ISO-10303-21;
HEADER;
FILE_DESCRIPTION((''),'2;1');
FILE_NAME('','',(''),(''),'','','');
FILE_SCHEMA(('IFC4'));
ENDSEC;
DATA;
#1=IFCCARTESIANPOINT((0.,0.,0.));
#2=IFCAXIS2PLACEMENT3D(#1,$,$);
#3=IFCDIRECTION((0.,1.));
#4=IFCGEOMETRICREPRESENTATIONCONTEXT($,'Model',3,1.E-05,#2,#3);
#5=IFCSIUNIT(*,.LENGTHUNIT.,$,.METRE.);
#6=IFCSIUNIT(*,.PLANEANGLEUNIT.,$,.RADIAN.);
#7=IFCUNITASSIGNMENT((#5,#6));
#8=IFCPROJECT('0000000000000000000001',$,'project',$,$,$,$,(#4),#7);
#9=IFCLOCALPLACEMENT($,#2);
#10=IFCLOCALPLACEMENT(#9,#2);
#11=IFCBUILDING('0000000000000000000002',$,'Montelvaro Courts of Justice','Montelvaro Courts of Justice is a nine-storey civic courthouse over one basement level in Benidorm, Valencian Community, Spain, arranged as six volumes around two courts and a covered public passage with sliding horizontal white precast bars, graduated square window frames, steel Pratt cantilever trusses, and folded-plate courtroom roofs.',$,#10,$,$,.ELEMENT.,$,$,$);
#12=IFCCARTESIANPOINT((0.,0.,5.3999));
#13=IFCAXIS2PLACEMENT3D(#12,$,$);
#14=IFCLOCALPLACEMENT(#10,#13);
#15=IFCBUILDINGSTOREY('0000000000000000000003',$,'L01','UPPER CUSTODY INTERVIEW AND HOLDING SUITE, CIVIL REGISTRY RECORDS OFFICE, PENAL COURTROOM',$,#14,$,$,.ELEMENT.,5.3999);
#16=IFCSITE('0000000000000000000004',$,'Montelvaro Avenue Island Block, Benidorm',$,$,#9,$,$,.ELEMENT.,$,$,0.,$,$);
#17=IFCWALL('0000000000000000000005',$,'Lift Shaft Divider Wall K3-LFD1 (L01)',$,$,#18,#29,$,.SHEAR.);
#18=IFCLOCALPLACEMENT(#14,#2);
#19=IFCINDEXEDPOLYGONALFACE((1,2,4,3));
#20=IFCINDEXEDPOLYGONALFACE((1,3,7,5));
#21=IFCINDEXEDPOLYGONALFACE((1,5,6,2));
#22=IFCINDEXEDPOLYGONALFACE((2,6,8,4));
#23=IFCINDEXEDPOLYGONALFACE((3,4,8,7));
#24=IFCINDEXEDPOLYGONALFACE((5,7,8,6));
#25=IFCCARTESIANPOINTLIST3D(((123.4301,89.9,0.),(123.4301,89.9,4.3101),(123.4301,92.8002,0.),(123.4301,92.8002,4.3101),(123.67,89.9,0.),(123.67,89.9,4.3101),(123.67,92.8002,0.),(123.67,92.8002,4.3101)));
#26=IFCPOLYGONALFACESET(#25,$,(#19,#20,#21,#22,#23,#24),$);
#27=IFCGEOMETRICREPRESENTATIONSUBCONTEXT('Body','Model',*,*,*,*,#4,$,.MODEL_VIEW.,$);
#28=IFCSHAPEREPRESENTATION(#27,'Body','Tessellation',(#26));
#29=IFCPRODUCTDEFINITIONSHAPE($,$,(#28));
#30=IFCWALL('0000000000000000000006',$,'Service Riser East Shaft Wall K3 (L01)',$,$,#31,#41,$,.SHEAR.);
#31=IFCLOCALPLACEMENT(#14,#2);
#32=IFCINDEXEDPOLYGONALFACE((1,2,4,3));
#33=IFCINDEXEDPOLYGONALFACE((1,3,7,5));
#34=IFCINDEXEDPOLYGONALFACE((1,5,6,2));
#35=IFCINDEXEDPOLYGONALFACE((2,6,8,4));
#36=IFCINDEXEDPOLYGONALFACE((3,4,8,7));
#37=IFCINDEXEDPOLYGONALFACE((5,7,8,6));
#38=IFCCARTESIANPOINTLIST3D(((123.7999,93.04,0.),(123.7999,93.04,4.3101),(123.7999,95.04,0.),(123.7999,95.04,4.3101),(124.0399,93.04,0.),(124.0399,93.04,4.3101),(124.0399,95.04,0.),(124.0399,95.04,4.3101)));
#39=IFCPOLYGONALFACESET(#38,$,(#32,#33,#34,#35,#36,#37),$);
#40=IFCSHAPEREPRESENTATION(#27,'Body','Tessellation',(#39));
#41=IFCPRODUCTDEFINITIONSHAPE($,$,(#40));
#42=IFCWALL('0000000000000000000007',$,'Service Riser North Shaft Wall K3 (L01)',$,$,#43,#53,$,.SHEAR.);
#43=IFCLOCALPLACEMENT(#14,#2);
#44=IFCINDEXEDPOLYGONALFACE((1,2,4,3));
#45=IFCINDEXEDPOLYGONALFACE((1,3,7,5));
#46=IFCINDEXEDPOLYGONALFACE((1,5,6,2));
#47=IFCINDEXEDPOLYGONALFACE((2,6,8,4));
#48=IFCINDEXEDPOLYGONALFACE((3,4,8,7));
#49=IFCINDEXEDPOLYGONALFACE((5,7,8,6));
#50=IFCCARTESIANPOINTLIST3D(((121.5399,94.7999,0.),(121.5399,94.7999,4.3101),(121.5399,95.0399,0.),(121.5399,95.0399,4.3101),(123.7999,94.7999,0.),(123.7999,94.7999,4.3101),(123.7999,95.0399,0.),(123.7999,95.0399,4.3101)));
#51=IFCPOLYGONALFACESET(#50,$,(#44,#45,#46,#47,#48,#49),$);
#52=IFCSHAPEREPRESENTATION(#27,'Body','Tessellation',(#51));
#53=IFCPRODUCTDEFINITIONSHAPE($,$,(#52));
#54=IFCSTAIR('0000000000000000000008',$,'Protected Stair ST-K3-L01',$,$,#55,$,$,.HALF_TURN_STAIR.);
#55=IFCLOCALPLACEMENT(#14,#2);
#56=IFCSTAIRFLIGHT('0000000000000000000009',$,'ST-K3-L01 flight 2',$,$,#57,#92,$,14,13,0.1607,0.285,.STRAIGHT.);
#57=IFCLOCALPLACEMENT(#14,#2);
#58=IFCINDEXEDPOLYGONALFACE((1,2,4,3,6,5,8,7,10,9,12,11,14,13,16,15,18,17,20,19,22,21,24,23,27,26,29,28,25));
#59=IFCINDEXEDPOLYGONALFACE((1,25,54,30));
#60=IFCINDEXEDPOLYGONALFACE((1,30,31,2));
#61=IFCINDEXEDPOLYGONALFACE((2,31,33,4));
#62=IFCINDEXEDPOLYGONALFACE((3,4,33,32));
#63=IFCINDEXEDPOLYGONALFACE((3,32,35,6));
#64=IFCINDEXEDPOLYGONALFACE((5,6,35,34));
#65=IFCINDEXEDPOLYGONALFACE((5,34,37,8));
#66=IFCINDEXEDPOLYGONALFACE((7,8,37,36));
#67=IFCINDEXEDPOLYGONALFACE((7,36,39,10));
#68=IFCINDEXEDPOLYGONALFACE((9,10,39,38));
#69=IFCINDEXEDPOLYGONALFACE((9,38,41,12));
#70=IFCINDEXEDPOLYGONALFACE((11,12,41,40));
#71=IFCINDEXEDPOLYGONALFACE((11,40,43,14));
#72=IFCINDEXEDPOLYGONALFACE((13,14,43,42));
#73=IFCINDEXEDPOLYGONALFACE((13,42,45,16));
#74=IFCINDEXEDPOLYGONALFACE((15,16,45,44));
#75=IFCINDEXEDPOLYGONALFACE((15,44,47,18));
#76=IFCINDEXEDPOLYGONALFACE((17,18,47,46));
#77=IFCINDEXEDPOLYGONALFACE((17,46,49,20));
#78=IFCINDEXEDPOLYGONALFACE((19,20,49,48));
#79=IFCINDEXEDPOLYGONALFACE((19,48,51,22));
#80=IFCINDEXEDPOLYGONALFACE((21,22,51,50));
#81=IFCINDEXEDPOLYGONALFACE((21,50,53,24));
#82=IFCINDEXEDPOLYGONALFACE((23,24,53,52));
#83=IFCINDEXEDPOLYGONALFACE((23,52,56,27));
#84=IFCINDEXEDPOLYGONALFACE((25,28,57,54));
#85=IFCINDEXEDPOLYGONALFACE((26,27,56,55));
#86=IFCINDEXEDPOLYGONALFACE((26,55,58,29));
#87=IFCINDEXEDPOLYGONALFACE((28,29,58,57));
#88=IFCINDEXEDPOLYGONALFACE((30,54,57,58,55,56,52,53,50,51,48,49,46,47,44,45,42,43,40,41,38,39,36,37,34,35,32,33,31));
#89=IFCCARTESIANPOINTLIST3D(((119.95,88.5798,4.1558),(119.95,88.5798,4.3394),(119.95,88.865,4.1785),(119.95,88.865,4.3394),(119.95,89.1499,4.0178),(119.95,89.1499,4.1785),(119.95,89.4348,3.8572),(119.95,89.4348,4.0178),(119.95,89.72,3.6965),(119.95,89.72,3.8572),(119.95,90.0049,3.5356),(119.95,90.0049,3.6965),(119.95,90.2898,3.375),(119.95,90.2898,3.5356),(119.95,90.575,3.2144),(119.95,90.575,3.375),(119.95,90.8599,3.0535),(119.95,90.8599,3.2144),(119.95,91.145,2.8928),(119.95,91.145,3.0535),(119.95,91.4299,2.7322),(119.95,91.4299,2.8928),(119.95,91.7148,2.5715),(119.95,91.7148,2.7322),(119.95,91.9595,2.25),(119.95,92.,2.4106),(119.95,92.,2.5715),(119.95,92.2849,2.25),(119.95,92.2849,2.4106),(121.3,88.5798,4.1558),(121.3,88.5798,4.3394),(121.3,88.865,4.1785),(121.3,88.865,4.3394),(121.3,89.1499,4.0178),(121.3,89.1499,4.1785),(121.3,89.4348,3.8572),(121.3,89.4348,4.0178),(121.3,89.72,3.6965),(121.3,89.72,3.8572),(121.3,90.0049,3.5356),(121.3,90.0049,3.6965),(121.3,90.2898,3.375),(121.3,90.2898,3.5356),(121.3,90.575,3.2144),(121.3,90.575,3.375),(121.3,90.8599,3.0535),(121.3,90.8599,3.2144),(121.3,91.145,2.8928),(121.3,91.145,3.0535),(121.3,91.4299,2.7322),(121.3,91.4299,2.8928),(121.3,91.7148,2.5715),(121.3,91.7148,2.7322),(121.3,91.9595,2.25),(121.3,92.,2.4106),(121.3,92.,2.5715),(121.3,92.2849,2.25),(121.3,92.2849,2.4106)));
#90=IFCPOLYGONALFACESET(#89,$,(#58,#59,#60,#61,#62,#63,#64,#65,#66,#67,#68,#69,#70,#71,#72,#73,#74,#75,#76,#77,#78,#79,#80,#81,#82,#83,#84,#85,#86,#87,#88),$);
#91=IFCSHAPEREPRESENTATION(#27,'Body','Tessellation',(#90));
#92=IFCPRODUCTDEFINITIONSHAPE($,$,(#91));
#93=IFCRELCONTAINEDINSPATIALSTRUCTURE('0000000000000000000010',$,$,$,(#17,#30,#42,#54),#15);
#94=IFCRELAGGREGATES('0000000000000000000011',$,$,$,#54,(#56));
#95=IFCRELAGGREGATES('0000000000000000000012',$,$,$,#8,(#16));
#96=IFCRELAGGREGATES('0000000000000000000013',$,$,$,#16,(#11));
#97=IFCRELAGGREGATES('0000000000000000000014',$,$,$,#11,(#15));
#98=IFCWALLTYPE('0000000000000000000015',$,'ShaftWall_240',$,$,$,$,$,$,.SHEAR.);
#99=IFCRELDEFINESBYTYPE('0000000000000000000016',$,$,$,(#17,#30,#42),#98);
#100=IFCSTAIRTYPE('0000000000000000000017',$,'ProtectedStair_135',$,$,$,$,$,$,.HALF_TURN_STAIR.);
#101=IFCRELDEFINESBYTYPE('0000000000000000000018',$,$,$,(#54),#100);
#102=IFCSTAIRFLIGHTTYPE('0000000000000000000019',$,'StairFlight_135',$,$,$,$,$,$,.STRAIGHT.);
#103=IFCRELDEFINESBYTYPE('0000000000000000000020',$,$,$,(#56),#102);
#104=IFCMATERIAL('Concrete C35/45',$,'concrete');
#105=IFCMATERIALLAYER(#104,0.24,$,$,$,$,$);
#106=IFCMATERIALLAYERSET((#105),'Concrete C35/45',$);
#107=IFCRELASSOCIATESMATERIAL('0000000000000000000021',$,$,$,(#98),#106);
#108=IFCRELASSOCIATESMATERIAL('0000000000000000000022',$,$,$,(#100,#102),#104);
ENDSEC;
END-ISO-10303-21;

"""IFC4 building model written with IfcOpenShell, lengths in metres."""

from ifc_helpers import new_model, si_unit, direction, frame, frame_2d, origin, place, context, subcontext, project, spatial, polyline, rectangle, outline, extrude, material, layer, layer_set, type_object, element, aggregate, save


model = new_model("IFC4")

# Units and contexts
model_context = context("Model", 3, precision=1e-05, world=origin(), true_north=direction((0.0, 1.0)))
body_context = subcontext(model_context, "Body", "Model", "MODEL_VIEW")
ifc_project = project(units=[si_unit("LENGTHUNIT", "METRE"), si_unit("PLANEANGLEUNIT", "RADIAN")], contexts=[model_context])

# Site, building, storey
site_placement = place(None, origin())
site = spatial("IfcSite", under=ifc_project, at=site_placement, Name="Montelvaro Avenue Island Block, Benidorm", CompositionType="ELEMENT", RefElevation=0.0)
building_placement = place(site_placement, origin())
building = spatial("IfcBuilding", under=site, at=building_placement, Name="Montelvaro Courts of Justice", Description="Montelvaro Courts of Justice is a nine-storey civic courthouse over one basement level in Benidorm, Valencian Community, Spain, arranged as six volumes around two courts and a covered public passage with sliding horizontal white precast bars, graduated square window frames, steel Pratt cantilever trusses, and folded-plate courtroom roofs.", CompositionType="ELEMENT")
storey_placement = place(building_placement, frame((0.0, 0.0, 5.3999)))
storey = spatial("IfcBuildingStorey", under=building, at=storey_placement, Name="L01", Description="UPPER CUSTODY INTERVIEW AND HOLDING SUITE, CIVIL REGISTRY RECORDS OFFICE, PENAL COURTROOM", CompositionType="ELEMENT", Elevation=5.3999)

# Shared definitions
ifc_material_1 = material(Name="Concrete C35/45", Category="concrete")
ifc_layer_1 = layer(ifc_material_1, 0.24)
ifc_layer_set_1 = layer_set([ifc_layer_1], Name="Concrete C35/45")
wall_type_1 = type_object("IfcWallType", Name="ShaftWall_240", PredefinedType="SHEAR", material=ifc_layer_set_1)

# Walls
wall_1_placement = place(storey_placement, frame((123.55, 89.8999, 0.0), z_axis=(0.0, 0.0, 1.0), x_axis=(0.0, 1.0, 0.0)))
element("IfcWall", 1, at=wall_1_placement, inside=storey, type_object=wall_type_1, Name="Lift Shaft Divider Wall K3-LFD1 (L01)", PredefinedType="SHEAR", context=body_context, shape_type="SweptSolid", body=[
    extrude(rectangle(XDim=2.9001, YDim=0.24, at=frame_2d((1.4502, 0.0))), origin(), (0.0, 0.0, 1.0), 4.3101),
])
wall_2_placement = place(storey_placement, frame((123.9199, 93.04, 0.0), z_axis=(0.0, 0.0, 1.0), x_axis=(0.0, 1.0, 0.0)))
element("IfcWall", 2, at=wall_2_placement, inside=storey, type_object=wall_type_1, Name="Service Riser East Shaft Wall K3 (L01)", PredefinedType="SHEAR", context=body_context, shape_type="SweptSolid", body=[
    extrude(rectangle(XDim=2.0, YDim=0.24, at=frame_2d((1.0, 0.0))), origin(), (0.0, 0.0, 1.0), 4.3101),
])
wall_3_placement = place(storey_placement, frame((121.54, 94.9199, 0.0), z_axis=(0.0, 0.0, 1.0), x_axis=(1.0, 0.0, 0.0)))
element("IfcWall", 3, at=wall_3_placement, inside=storey, type_object=wall_type_1, Name="Service Riser North Shaft Wall K3 (L01)", PredefinedType="SHEAR", context=body_context, shape_type="SweptSolid", body=[
    extrude(rectangle(XDim=2.26, YDim=0.24, at=frame_2d((1.1299, 0.0))), origin(), (0.0, 0.0, 1.0), 4.3101),
])

# Stair, stair flight
stair_type = type_object("IfcStairType", Name="ProtectedStair_135", PredefinedType="HALF_TURN_STAIR", material=ifc_material_1)
stair_placement = place(storey_placement, origin())
stair = element("IfcStair", 4, at=stair_placement, inside=storey, type_object=stair_type, Name="Protected Stair ST-K3-L01", PredefinedType="HALF_TURN_STAIR")
stair_flight_type = type_object("IfcStairFlightType", Name="StairFlight_135", PredefinedType="STRAIGHT", material=ifc_material_1)
stair_flight_placement = place(storey_placement, frame((120.625, 92.2849, 2.25), z_axis=(0.0, 0.0, 1.0), x_axis=(0.0, -1.0, 0.0)))
stair_flight = element("IfcStairFlight", 5, at=stair_flight_placement, type_object=stair_flight_type, Name="ST-K3-L01 flight 2", NumberOfRisers=14, NumberOfTreads=13, PredefinedType="STRAIGHT", RiserHeight=0.1607, TreadLength=0.285, context=body_context, shape_type="SweptSolid", body=[
    extrude(outline(polyline([(0.0, 0.0), (0.0, 0.1606), (0.2849, 0.1606), (0.2849, 0.3215), (0.5701, 0.3215), (0.5701, 0.4822), (0.855, 0.4822), (0.855, 0.6428), (1.1399, 0.6428), (1.1399, 0.8035), (1.425, 0.8035), (1.425, 0.9644), (1.71, 0.9644), (1.71, 1.125), (1.9951, 1.125), (1.9951, 1.2856), (2.28, 1.2856), (2.28, 1.4465), (2.5649, 1.4465), (2.5649, 1.6072), (2.8501, 1.6072), (2.8501, 1.7678), (3.135, 1.7678), (3.135, 1.9285), (3.4199, 1.9285), (3.4199, 2.0894), (3.7051, 2.0894), (3.7051, 2.25), (3.7051, 1.9058), (0.3254, 0.0), (0.0, 0.0)])), frame((0.0, 0.675, 0.0), z_axis=(0.0, -1.0, 0.0), x_axis=(1.0, 0.0, 0.0)), (0.0, 0.0, 1.0), 1.3501),
])
aggregate(stair, [stair_flight])

save(model, "model.ifc")
